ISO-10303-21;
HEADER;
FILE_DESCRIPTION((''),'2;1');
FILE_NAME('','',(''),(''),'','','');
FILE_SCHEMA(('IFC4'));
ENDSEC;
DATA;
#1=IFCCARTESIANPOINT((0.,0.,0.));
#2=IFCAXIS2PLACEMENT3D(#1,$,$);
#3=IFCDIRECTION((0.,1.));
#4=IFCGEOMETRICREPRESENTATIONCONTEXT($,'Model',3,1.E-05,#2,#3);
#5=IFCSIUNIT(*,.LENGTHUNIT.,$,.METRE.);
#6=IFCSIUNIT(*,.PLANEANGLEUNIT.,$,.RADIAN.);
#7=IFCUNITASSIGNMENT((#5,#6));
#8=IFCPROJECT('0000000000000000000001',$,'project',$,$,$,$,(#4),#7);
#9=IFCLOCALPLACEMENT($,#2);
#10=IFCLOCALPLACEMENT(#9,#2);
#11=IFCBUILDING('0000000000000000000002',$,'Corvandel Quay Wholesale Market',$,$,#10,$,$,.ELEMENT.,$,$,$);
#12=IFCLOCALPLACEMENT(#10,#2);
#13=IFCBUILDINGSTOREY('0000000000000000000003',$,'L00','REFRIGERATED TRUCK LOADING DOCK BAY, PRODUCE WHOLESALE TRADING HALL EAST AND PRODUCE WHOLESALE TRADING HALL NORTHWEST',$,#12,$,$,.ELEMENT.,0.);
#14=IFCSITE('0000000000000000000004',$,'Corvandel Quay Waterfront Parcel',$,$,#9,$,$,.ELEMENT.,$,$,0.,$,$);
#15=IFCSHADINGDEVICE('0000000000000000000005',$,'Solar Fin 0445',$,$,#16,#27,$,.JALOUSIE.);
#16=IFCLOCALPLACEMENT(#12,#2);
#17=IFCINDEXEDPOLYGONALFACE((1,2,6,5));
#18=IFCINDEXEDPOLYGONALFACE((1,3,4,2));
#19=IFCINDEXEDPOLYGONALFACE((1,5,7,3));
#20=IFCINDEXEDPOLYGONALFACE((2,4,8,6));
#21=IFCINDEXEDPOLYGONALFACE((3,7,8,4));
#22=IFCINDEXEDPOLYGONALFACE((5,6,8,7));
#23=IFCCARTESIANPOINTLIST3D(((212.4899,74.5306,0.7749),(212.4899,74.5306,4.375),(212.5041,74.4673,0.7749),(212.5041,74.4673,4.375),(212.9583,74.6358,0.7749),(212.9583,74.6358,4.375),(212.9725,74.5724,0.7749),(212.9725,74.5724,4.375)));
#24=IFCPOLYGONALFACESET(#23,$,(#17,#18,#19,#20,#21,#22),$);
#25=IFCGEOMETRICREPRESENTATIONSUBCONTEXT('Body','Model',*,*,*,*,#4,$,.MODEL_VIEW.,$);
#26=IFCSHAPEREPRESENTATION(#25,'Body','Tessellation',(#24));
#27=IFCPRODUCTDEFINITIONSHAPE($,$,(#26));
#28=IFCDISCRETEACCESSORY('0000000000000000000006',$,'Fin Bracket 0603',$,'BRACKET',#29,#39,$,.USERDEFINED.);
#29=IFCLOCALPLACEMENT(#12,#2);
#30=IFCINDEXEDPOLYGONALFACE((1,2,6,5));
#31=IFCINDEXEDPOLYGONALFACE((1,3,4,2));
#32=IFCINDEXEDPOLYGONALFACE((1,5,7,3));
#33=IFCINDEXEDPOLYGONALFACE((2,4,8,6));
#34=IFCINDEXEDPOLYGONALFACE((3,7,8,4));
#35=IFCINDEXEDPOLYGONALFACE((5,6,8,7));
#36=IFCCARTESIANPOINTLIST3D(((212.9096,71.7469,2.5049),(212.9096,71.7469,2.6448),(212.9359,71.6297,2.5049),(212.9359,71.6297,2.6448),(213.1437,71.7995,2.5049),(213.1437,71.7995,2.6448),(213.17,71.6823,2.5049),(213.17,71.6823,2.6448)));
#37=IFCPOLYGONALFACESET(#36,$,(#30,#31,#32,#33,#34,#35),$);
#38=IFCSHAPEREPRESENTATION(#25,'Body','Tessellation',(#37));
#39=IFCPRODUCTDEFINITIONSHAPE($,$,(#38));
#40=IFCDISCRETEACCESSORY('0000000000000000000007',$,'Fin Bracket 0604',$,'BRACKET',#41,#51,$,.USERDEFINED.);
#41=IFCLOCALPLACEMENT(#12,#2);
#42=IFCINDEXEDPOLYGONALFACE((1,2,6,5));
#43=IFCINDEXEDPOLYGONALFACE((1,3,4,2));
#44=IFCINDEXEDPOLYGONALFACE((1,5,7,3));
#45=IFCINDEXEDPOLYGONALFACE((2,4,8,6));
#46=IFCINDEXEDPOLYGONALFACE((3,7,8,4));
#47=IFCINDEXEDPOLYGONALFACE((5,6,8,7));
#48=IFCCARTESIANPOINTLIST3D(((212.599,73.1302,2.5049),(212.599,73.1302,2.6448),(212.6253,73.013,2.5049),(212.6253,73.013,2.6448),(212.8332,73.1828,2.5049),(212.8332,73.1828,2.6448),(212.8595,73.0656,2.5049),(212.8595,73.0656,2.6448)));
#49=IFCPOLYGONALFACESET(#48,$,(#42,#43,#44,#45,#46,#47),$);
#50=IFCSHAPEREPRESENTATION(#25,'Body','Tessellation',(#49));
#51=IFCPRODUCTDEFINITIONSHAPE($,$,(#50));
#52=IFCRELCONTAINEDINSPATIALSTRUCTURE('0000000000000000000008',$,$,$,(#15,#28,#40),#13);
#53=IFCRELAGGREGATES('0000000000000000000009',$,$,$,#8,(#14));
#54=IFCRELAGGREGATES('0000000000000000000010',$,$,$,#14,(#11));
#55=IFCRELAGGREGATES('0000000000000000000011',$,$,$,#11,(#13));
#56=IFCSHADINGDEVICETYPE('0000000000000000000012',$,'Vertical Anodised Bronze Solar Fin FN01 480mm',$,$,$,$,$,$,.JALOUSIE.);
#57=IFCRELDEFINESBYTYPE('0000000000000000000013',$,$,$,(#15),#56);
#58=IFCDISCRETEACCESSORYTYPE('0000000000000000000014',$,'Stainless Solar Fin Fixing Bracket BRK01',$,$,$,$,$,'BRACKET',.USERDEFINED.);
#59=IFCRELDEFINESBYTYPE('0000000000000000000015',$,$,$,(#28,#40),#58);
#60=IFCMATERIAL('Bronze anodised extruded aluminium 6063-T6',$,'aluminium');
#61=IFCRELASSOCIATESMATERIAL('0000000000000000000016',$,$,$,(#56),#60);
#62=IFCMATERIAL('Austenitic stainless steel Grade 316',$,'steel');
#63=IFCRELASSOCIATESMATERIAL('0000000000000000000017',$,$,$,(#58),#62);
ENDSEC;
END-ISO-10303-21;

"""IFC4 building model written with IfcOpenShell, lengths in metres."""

from ifc_helpers import new_model, si_unit, direction, frame, origin, origin_2d, place, context, subcontext, project, spatial, rectangle, extrude, material, type_object, element, save


model = new_model("IFC4")

# Units and contexts
model_context = context("Model", 3, precision=1e-05, world=origin(), true_north=direction((0.0, 1.0)))
body_context = subcontext(model_context, "Body", "Model", "MODEL_VIEW")
ifc_project = project(units=[si_unit("LENGTHUNIT", "METRE"), si_unit("PLANEANGLEUNIT", "RADIAN")], contexts=[model_context])

# Site, building, storey
site_placement = place(None, origin())
site = spatial("IfcSite", under=ifc_project, at=site_placement, Name="Corvandel Quay Waterfront Parcel", CompositionType="ELEMENT", RefElevation=0.0)
building_placement = place(site_placement, origin())
building = spatial("IfcBuilding", under=site, at=building_placement, Name="Corvandel Quay Wholesale Market", CompositionType="ELEMENT")
storey_placement = place(building_placement, origin())
storey = spatial("IfcBuildingStorey", under=building, at=storey_placement, Name="L00", Description="REFRIGERATED TRUCK LOADING DOCK BAY, PRODUCE WHOLESALE TRADING HALL EAST AND PRODUCE WHOLESALE TRADING HALL NORTHWEST", CompositionType="ELEMENT", Elevation=0.0)

# Shading device
ifc_material_1 = material(Name="Bronze anodised extruded aluminium 6063-T6", Category="aluminium")
shading_device_type = type_object("IfcShadingDeviceType", Name="Vertical Anodised Bronze Solar Fin FN01 480mm", PredefinedType="JALOUSIE", material=ifc_material_1)
for number, where, z_axis, x_axis, name in (
    (1, (212.7312, 74.5515, 0.7749), (0.0, 0.0, 1.0), (0.975726, 0.218995, 0.0), "Solar Fin 0445"),
):
    element("IfcShadingDevice", number, at=place(storey_placement, frame(where, z_axis=z_axis, x_axis=x_axis)), inside=storey, type_object=shading_device_type, Name=name, PredefinedType="JALOUSIE", context=body_context, shape_type="SweptSolid", body=[
        extrude(rectangle(XDim=0.48, YDim=0.0649, at=origin_2d()), origin(), (0.0, 0.0, 1.0), 3.6001),
    ])

# Discrete accessories
ifc_material_2 = material(Name="Austenitic stainless steel Grade 316", Category="steel")
discrete_accessory_type = type_object("IfcDiscreteAccessoryType", Name="Stainless Solar Fin Fixing Bracket BRK01", ElementType="BRACKET", PredefinedType="USERDEFINED", material=ifc_material_2)
for number, where, z_axis, x_axis, name in (
    (2, (213.0398, 71.7146, 2.5049), (0.0, 0.0, 1.0), (0.975726, 0.218995, 0.0), "Fin Bracket 0603"),
    (3, (212.7292, 73.0979, 2.5049), (0.0, 0.0, 1.0), (0.975726, 0.218995, 0.0), "Fin Bracket 0604"),
):
    element("IfcDiscreteAccessory", number, at=place(storey_placement, frame(where, z_axis=z_axis, x_axis=x_axis)), inside=storey, type_object=discrete_accessory_type, Name=name, ObjectType="BRACKET", PredefinedType="USERDEFINED", context=body_context, shape_type="SweptSolid", body=[
        extrude(rectangle(XDim=0.24, YDim=0.1201, at=origin_2d()), origin(), (0.0, 0.0, 1.0), 0.1399),
    ])

save(model, "model.ifc")
